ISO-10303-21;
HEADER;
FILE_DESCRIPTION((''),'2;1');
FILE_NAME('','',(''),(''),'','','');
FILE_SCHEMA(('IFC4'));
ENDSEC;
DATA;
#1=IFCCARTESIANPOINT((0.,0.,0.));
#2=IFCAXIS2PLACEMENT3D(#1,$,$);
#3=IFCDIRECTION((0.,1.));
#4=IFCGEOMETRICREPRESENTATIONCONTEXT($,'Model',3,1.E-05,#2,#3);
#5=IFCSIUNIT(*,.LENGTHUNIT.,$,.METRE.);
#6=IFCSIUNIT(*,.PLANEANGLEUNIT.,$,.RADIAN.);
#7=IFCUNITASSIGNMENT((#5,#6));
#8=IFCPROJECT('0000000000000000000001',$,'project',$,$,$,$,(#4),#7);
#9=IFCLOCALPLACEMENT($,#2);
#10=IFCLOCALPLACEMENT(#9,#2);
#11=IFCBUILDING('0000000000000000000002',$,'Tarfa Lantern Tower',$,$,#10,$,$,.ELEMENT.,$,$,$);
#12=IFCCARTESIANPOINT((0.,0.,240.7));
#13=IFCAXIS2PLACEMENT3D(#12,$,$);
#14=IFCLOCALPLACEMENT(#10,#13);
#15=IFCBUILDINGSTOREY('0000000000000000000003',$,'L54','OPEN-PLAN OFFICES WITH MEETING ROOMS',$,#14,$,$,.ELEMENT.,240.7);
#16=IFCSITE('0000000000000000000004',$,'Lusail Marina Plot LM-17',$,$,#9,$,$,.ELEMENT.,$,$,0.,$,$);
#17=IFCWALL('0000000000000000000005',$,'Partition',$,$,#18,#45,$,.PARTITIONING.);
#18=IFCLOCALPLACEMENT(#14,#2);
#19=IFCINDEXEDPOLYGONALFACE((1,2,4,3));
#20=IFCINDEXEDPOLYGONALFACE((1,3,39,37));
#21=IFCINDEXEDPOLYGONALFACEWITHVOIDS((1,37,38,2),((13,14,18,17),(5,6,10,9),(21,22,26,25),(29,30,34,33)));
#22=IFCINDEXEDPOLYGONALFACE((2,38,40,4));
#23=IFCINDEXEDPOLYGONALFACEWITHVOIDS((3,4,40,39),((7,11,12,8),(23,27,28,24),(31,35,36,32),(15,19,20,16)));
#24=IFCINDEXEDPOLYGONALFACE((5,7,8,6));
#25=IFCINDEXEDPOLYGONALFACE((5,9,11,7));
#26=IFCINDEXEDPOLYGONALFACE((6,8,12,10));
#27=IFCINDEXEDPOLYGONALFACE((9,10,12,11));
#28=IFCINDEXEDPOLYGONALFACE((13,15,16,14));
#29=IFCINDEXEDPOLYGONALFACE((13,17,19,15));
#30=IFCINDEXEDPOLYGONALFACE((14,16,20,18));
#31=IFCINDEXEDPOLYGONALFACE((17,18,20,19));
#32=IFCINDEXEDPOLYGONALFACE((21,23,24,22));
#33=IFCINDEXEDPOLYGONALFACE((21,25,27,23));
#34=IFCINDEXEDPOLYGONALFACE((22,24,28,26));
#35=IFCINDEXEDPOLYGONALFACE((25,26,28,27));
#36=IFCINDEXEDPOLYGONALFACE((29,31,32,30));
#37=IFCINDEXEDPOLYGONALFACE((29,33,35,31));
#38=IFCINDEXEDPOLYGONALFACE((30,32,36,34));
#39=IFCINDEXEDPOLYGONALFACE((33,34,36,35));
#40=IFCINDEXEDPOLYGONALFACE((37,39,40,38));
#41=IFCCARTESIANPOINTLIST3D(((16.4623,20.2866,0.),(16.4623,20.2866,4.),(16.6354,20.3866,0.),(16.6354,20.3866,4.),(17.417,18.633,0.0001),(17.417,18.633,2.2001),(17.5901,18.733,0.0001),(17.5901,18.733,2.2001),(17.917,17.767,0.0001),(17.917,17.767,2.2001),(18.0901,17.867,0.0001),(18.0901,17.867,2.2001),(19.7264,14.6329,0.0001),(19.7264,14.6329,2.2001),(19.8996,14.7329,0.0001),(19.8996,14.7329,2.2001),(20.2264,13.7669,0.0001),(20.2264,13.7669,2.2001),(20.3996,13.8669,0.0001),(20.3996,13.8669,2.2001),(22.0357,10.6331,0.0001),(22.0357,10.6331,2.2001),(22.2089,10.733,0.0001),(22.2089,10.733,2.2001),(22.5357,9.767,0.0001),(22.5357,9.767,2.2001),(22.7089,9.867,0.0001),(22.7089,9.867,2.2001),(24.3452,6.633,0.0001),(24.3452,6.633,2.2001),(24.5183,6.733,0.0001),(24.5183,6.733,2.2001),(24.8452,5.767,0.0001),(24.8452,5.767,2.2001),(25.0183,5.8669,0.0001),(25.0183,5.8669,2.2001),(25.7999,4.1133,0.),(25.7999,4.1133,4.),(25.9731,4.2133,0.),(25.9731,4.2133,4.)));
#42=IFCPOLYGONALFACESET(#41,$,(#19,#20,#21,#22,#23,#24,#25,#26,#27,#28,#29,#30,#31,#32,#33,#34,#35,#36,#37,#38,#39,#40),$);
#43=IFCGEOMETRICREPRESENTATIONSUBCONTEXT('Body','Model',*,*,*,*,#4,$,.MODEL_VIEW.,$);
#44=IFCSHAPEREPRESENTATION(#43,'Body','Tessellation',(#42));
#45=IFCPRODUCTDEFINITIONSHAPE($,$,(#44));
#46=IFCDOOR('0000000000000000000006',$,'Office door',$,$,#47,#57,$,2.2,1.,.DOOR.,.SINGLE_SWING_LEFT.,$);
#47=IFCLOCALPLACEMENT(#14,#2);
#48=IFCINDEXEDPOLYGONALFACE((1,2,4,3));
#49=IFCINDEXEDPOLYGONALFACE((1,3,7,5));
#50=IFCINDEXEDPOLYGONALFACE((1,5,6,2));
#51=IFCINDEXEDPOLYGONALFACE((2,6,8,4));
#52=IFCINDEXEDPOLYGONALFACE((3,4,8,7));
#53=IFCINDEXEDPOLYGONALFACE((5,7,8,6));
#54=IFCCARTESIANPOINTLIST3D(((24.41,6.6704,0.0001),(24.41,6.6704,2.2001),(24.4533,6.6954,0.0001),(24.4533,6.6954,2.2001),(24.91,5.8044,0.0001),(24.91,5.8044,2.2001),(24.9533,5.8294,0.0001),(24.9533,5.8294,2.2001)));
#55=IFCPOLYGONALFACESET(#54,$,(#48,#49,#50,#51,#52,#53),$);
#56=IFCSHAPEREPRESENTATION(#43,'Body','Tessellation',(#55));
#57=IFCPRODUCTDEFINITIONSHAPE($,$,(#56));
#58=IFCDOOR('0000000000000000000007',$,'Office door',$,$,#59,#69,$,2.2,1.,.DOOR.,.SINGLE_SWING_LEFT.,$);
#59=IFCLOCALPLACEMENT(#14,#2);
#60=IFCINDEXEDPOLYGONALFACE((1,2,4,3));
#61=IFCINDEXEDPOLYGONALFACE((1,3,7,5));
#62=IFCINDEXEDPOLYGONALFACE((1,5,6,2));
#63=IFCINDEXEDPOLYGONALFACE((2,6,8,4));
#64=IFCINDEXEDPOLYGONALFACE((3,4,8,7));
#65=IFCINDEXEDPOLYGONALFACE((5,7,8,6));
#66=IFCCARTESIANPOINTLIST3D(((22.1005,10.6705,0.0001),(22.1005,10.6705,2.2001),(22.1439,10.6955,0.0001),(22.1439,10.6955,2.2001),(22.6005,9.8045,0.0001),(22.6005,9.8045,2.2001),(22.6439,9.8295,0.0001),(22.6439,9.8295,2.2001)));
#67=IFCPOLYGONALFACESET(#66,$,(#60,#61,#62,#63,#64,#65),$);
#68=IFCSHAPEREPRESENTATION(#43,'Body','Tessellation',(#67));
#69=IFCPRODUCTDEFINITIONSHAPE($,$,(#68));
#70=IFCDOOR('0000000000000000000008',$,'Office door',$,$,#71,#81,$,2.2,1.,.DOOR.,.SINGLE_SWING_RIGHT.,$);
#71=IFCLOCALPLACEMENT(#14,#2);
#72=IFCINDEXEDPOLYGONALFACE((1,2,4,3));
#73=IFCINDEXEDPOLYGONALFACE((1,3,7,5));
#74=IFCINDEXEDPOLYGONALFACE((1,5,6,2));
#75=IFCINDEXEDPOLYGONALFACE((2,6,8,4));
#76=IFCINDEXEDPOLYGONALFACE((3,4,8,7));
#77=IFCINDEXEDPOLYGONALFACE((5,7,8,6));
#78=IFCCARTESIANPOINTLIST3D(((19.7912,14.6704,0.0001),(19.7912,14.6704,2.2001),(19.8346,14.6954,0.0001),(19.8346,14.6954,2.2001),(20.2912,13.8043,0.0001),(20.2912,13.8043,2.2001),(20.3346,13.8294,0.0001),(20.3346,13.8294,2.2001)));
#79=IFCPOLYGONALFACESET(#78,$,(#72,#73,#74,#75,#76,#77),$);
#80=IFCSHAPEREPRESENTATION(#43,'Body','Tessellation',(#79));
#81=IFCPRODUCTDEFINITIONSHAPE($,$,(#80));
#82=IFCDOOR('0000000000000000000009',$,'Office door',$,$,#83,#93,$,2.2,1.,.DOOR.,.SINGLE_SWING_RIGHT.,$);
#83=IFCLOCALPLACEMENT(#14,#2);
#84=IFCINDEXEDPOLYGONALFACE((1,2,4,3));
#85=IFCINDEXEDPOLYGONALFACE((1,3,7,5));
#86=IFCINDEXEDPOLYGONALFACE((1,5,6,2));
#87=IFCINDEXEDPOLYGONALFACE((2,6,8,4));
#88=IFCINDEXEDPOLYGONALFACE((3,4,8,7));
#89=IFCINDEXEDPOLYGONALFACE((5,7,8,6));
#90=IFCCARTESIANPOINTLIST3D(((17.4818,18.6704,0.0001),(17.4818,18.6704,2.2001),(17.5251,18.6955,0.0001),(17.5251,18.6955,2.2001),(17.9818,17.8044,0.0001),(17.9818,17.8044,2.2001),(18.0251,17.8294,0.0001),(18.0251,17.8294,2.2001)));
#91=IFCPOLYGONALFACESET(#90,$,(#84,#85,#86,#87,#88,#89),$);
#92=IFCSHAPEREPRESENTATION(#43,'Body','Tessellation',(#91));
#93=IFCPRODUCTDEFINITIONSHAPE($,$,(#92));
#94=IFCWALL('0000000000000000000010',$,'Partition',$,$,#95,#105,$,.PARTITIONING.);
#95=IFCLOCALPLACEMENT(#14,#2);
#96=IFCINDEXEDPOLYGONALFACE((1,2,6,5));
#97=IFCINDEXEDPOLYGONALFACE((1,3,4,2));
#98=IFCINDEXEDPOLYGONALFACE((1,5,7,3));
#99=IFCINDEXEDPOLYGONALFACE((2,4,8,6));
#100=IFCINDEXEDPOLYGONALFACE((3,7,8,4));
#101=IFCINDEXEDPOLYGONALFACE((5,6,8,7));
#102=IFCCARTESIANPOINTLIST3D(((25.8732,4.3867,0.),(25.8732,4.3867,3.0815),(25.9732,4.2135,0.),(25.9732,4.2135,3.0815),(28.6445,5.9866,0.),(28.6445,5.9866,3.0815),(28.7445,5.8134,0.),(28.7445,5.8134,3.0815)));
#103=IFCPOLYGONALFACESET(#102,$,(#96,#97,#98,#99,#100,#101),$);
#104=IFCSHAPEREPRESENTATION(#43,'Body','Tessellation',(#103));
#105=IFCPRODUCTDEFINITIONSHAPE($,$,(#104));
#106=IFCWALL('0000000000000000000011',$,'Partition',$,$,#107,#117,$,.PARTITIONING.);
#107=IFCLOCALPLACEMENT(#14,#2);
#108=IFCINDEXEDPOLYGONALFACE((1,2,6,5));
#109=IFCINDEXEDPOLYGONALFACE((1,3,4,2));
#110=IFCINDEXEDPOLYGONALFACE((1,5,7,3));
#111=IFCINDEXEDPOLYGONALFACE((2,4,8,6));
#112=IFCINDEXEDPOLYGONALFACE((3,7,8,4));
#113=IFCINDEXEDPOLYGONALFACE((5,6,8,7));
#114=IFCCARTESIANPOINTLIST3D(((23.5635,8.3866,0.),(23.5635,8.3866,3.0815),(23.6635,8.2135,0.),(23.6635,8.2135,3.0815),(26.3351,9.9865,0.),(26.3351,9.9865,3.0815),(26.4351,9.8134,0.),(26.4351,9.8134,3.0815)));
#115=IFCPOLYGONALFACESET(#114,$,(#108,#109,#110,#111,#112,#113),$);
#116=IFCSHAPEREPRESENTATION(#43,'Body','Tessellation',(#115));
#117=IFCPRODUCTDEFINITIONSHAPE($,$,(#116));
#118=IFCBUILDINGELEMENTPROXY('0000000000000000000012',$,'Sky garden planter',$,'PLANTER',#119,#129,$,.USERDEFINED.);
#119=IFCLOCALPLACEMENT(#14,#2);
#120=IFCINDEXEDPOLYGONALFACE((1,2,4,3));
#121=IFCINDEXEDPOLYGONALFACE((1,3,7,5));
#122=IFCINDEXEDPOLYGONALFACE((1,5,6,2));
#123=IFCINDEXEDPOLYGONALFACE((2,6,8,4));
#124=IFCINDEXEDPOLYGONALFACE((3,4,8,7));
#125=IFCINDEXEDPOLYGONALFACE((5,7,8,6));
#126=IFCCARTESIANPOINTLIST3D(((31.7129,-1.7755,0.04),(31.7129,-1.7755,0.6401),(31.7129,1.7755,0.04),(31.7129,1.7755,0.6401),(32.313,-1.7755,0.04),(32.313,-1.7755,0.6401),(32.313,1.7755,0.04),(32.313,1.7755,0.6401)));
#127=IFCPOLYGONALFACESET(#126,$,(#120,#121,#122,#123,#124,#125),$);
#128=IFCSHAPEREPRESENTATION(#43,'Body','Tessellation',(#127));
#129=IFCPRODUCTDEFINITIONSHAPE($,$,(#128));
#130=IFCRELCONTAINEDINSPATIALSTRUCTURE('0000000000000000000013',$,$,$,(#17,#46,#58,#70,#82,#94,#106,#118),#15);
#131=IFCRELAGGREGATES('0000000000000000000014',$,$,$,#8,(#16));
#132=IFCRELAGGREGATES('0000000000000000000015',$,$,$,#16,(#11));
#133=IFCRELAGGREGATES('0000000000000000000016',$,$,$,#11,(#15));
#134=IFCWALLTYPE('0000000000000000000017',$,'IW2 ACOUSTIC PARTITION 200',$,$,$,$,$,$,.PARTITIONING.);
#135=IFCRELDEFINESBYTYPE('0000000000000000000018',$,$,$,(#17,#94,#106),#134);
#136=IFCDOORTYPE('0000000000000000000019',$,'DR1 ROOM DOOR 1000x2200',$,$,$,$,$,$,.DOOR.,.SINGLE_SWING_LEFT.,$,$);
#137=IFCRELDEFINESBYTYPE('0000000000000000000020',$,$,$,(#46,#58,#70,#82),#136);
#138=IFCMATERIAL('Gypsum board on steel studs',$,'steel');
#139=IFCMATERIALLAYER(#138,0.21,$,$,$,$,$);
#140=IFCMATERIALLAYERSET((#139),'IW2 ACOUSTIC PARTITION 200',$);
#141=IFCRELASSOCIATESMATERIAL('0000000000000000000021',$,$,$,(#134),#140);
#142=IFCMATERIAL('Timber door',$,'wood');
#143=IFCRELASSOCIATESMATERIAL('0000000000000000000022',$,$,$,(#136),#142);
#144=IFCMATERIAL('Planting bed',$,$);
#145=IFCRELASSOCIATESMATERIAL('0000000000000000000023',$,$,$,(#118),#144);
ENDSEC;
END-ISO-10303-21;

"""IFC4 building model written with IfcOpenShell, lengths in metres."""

from ifc_helpers import new_model, si_unit, direction, frame, frame_2d, origin, origin_2d, place, context, subcontext, project, spatial, rectangle, extrude, material, layer, layer_set, type_object, element, fill, save


model = new_model("IFC4")

# Units and contexts
model_context = context("Model", 3, precision=1e-05, world=origin(), true_north=direction((0.0, 1.0)))
body_context = subcontext(model_context, "Body", "Model", "MODEL_VIEW")
ifc_project = project(units=[si_unit("LENGTHUNIT", "METRE"), si_unit("PLANEANGLEUNIT", "RADIAN")], contexts=[model_context])

# Site, building, storey
site_placement = place(None, origin())
site = spatial("IfcSite", under=ifc_project, at=site_placement, Name="Lusail Marina Plot LM-17", CompositionType="ELEMENT", RefElevation=0.0)
building_placement = place(site_placement, origin())
building = spatial("IfcBuilding", under=site, at=building_placement, Name="Tarfa Lantern Tower", CompositionType="ELEMENT")
storey_placement = place(building_placement, frame((0.0, 0.0, 240.7)))
storey = spatial("IfcBuildingStorey", under=building, at=storey_placement, Name="L54", Description="OPEN-PLAN OFFICES WITH MEETING ROOMS", CompositionType="ELEMENT", Elevation=240.7)

# Wall, openings, doors
ifc_material_1 = material(Name="Gypsum board on steel studs", Category="steel")
ifc_layer_1 = layer(ifc_material_1, 0.21)
ifc_layer_set_1 = layer_set([ifc_layer_1], Name="IW2 ACOUSTIC PARTITION 200")
wall_type = type_object("IfcWallType", Name="IW2 ACOUSTIC PARTITION 200", PredefinedType="PARTITIONING", material=ifc_layer_set_1)
wall_1_placement = place(storey_placement, frame((25.8865, 4.1633, 0.0), z_axis=(0.0, 0.0, 1.0), x_axis=(-0.499999, 0.866026, 0.0)))
wall_1 = element("IfcWall", 1, at=wall_1_placement, inside=storey, type_object=wall_type, Name="Partition", PredefinedType="PARTITIONING", context=body_context, shape_type="SweptSolid", body=[
    extrude(rectangle(XDim=18.6753, YDim=0.2, at=frame_2d((9.3376, 0.0))), origin(), (0.0, 0.0, 1.0), 4.0),
])
opening_1_placement = place(wall_1_placement, frame((1.9094, 0.0, 0.0)))
opening_1 = element("IfcOpeningElement", 2, at=opening_1_placement, cuts=wall_1, PredefinedType="OPENING", context=body_context, shape_type="SweptSolid", body=[
    extrude(rectangle(XDim=1.0, YDim=2.2, at=frame_2d((0.5, 1.1001))), frame((0.0, 0.1099, 0.0), z_axis=(0.0, -1.0, 0.0), x_axis=(1.0, 0.0, 0.0)), (0.0, 0.0, 1.0), 0.22),
])
opening_2_placement = place(wall_1_placement, frame((6.5283, 0.0, 0.0)))
opening_2 = element("IfcOpeningElement", 3, at=opening_2_placement, cuts=wall_1, PredefinedType="OPENING", context=body_context, shape_type="SweptSolid", body=[
    extrude(rectangle(XDim=1.0, YDim=2.2, at=frame_2d((0.5, 1.1001))), frame((0.0, 0.1099, 0.0), z_axis=(0.0, -1.0, 0.0), x_axis=(1.0, 0.0, 0.0)), (0.0, 0.0, 1.0), 0.22),
])
opening_3_placement = place(wall_1_placement, frame((11.147, 0.0, 0.0)))
opening_3 = element("IfcOpeningElement", 4, at=opening_3_placement, cuts=wall_1, PredefinedType="OPENING", context=body_context, shape_type="SweptSolid", body=[
    extrude(rectangle(XDim=1.0, YDim=2.2, at=frame_2d((0.5, 1.1001))), frame((0.0, 0.1099, 0.0), z_axis=(0.0, -1.0, 0.0), x_axis=(1.0, 0.0, 0.0)), (0.0, 0.0, 1.0), 0.22),
])
opening_4_placement = place(wall_1_placement, frame((15.7659, 0.0, 0.0)))
opening_4 = element("IfcOpeningElement", 5, at=opening_4_placement, cuts=wall_1, PredefinedType="OPENING", context=body_context, shape_type="SweptSolid", body=[
    extrude(rectangle(XDim=1.0, YDim=2.2, at=frame_2d((0.5, 1.1001))), frame((0.0, 0.1099, 0.0), z_axis=(0.0, -1.0, 0.0), x_axis=(1.0, 0.0, 0.0)), (0.0, 0.0, 1.0), 0.22),
])
ifc_material_2 = material(Name="Timber door", Category="wood")
door_type = type_object("IfcDoorType", Name="DR1 ROOM DOOR 1000x2200", OperationType="SINGLE_SWING_LEFT", PredefinedType="DOOR", material=ifc_material_2)
door_1_placement = place(opening_1_placement, frame((1.0, 0.0, 0.0), z_axis=(0.0, 0.0, 1.0), x_axis=(-1.0, 0.0, 0.0)))
door_1 = element("IfcDoor", 6, at=door_1_placement, inside=storey, type_object=door_type, Name="Office door", OperationType="SINGLE_SWING_LEFT", OverallHeight=2.2, OverallWidth=1.0, PredefinedType="DOOR", context=body_context, shape_type="SweptSolid", body=[
    extrude(rectangle(XDim=1.0, YDim=2.2, at=frame_2d((0.5, 1.1001))), frame((0.0, 0.0249, 0.0), z_axis=(0.0, -1.0, 0.0), x_axis=(1.0, 0.0, 0.0)), (0.0, 0.0, 1.0), 0.05),
])
fill(opening_1, door_1)
door_2_placement = place(opening_2_placement, frame((1.0, 0.0, 0.0), z_axis=(0.0, 0.0, 1.0), x_axis=(-1.0, 0.0, 0.0)))
door_2 = element("IfcDoor", 7, at=door_2_placement, inside=storey, type_object=door_type, Name="Office door", OperationType="SINGLE_SWING_LEFT", OverallHeight=2.2, OverallWidth=1.0, PredefinedType="DOOR", context=body_context, shape_type="SweptSolid", body=[
    extrude(rectangle(XDim=1.0, YDim=2.2, at=frame_2d((0.5, 1.1001))), frame((0.0, 0.0249, 0.0), z_axis=(0.0, -1.0, 0.0), x_axis=(1.0, 0.0, 0.0)), (0.0, 0.0, 1.0), 0.05),
])
fill(opening_2, door_2)
door_3_placement = place(opening_3_placement, frame((1.0, 0.0, 0.0), z_axis=(0.0, 0.0, 1.0), x_axis=(-1.0, 0.0, 0.0)))
door_3 = element("IfcDoor", 8, at=door_3_placement, inside=storey, type_object=door_type, Name="Office door", OperationType="SINGLE_SWING_RIGHT", OverallHeight=2.2, OverallWidth=1.0, PredefinedType="DOOR", context=body_context, shape_type="SweptSolid", body=[
    extrude(rectangle(XDim=1.0, YDim=2.2, at=frame_2d((0.5, 1.1001))), frame((0.0, 0.0249, 0.0), z_axis=(0.0, -1.0, 0.0), x_axis=(1.0, 0.0, 0.0)), (0.0, 0.0, 1.0), 0.05),
])
fill(opening_3, door_3)
door_4_placement = place(opening_4_placement, frame((1.0, 0.0, 0.0), z_axis=(0.0, 0.0, 1.0), x_axis=(-1.0, 0.0, 0.0)))
door_4 = element("IfcDoor", 9, at=door_4_placement, inside=storey, type_object=door_type, Name="Office door", OperationType="SINGLE_SWING_RIGHT", OverallHeight=2.2, OverallWidth=1.0, PredefinedType="DOOR", context=body_context, shape_type="SweptSolid", body=[
    extrude(rectangle(XDim=1.0, YDim=2.2, at=frame_2d((0.5, 1.1001))), frame((0.0, 0.0249, 0.0), z_axis=(0.0, -1.0, 0.0), x_axis=(1.0, 0.0, 0.0)), (0.0, 0.0, 1.0), 0.05),
])
fill(opening_4, door_4)

# Walls
wall_2_placement = place(storey_placement, frame((25.9231, 4.3, 0.0), z_axis=(0.0, 0.0, 1.0), x_axis=(0.866042, 0.499971, 0.0)))
element("IfcWall", 10, at=wall_2_placement, inside=storey, type_object=wall_type, Name="Partition", PredefinedType="PARTITIONING", context=body_context, shape_type="SweptSolid", body=[
    extrude(rectangle(XDim=3.2, YDim=0.2, at=frame_2d((1.6001, 0.0))), origin(), (0.0, 0.0, 1.0), 3.0815),
])
wall_3_placement = place(storey_placement, frame((23.6135, 8.3, 0.0), z_axis=(0.0, 0.0, 1.0), x_axis=(0.866061, 0.499938, 0.0)))
element("IfcWall", 11, at=wall_3_placement, inside=storey, type_object=wall_type, Name="Partition", PredefinedType="PARTITIONING", context=body_context, shape_type="SweptSolid", body=[
    extrude(rectangle(XDim=3.2002, YDim=0.2, at=frame_2d((1.6001, 0.0))), origin(), (0.0, 0.0, 1.0), 3.0815),
])

# Building element proxy
ifc_material_3 = material(Name="Planting bed")
proxy_placement = place(storey_placement, frame((32.0129, 0.0, 0.04), z_axis=(0.0, 0.0, 1.0), x_axis=(0.0, 1.0, 0.0)))
element("IfcBuildingElementProxy", 12, at=proxy_placement, inside=storey, material=ifc_material_3, Name="Sky garden planter", ObjectType="PLANTER", PredefinedType="USERDEFINED", context=body_context, shape_type="SweptSolid", body=[
    extrude(rectangle(XDim=3.551, YDim=0.6001, at=origin_2d()), origin(), (0.0, 0.0, 1.0), 0.6001),
])

save(model, "model.ifc")
